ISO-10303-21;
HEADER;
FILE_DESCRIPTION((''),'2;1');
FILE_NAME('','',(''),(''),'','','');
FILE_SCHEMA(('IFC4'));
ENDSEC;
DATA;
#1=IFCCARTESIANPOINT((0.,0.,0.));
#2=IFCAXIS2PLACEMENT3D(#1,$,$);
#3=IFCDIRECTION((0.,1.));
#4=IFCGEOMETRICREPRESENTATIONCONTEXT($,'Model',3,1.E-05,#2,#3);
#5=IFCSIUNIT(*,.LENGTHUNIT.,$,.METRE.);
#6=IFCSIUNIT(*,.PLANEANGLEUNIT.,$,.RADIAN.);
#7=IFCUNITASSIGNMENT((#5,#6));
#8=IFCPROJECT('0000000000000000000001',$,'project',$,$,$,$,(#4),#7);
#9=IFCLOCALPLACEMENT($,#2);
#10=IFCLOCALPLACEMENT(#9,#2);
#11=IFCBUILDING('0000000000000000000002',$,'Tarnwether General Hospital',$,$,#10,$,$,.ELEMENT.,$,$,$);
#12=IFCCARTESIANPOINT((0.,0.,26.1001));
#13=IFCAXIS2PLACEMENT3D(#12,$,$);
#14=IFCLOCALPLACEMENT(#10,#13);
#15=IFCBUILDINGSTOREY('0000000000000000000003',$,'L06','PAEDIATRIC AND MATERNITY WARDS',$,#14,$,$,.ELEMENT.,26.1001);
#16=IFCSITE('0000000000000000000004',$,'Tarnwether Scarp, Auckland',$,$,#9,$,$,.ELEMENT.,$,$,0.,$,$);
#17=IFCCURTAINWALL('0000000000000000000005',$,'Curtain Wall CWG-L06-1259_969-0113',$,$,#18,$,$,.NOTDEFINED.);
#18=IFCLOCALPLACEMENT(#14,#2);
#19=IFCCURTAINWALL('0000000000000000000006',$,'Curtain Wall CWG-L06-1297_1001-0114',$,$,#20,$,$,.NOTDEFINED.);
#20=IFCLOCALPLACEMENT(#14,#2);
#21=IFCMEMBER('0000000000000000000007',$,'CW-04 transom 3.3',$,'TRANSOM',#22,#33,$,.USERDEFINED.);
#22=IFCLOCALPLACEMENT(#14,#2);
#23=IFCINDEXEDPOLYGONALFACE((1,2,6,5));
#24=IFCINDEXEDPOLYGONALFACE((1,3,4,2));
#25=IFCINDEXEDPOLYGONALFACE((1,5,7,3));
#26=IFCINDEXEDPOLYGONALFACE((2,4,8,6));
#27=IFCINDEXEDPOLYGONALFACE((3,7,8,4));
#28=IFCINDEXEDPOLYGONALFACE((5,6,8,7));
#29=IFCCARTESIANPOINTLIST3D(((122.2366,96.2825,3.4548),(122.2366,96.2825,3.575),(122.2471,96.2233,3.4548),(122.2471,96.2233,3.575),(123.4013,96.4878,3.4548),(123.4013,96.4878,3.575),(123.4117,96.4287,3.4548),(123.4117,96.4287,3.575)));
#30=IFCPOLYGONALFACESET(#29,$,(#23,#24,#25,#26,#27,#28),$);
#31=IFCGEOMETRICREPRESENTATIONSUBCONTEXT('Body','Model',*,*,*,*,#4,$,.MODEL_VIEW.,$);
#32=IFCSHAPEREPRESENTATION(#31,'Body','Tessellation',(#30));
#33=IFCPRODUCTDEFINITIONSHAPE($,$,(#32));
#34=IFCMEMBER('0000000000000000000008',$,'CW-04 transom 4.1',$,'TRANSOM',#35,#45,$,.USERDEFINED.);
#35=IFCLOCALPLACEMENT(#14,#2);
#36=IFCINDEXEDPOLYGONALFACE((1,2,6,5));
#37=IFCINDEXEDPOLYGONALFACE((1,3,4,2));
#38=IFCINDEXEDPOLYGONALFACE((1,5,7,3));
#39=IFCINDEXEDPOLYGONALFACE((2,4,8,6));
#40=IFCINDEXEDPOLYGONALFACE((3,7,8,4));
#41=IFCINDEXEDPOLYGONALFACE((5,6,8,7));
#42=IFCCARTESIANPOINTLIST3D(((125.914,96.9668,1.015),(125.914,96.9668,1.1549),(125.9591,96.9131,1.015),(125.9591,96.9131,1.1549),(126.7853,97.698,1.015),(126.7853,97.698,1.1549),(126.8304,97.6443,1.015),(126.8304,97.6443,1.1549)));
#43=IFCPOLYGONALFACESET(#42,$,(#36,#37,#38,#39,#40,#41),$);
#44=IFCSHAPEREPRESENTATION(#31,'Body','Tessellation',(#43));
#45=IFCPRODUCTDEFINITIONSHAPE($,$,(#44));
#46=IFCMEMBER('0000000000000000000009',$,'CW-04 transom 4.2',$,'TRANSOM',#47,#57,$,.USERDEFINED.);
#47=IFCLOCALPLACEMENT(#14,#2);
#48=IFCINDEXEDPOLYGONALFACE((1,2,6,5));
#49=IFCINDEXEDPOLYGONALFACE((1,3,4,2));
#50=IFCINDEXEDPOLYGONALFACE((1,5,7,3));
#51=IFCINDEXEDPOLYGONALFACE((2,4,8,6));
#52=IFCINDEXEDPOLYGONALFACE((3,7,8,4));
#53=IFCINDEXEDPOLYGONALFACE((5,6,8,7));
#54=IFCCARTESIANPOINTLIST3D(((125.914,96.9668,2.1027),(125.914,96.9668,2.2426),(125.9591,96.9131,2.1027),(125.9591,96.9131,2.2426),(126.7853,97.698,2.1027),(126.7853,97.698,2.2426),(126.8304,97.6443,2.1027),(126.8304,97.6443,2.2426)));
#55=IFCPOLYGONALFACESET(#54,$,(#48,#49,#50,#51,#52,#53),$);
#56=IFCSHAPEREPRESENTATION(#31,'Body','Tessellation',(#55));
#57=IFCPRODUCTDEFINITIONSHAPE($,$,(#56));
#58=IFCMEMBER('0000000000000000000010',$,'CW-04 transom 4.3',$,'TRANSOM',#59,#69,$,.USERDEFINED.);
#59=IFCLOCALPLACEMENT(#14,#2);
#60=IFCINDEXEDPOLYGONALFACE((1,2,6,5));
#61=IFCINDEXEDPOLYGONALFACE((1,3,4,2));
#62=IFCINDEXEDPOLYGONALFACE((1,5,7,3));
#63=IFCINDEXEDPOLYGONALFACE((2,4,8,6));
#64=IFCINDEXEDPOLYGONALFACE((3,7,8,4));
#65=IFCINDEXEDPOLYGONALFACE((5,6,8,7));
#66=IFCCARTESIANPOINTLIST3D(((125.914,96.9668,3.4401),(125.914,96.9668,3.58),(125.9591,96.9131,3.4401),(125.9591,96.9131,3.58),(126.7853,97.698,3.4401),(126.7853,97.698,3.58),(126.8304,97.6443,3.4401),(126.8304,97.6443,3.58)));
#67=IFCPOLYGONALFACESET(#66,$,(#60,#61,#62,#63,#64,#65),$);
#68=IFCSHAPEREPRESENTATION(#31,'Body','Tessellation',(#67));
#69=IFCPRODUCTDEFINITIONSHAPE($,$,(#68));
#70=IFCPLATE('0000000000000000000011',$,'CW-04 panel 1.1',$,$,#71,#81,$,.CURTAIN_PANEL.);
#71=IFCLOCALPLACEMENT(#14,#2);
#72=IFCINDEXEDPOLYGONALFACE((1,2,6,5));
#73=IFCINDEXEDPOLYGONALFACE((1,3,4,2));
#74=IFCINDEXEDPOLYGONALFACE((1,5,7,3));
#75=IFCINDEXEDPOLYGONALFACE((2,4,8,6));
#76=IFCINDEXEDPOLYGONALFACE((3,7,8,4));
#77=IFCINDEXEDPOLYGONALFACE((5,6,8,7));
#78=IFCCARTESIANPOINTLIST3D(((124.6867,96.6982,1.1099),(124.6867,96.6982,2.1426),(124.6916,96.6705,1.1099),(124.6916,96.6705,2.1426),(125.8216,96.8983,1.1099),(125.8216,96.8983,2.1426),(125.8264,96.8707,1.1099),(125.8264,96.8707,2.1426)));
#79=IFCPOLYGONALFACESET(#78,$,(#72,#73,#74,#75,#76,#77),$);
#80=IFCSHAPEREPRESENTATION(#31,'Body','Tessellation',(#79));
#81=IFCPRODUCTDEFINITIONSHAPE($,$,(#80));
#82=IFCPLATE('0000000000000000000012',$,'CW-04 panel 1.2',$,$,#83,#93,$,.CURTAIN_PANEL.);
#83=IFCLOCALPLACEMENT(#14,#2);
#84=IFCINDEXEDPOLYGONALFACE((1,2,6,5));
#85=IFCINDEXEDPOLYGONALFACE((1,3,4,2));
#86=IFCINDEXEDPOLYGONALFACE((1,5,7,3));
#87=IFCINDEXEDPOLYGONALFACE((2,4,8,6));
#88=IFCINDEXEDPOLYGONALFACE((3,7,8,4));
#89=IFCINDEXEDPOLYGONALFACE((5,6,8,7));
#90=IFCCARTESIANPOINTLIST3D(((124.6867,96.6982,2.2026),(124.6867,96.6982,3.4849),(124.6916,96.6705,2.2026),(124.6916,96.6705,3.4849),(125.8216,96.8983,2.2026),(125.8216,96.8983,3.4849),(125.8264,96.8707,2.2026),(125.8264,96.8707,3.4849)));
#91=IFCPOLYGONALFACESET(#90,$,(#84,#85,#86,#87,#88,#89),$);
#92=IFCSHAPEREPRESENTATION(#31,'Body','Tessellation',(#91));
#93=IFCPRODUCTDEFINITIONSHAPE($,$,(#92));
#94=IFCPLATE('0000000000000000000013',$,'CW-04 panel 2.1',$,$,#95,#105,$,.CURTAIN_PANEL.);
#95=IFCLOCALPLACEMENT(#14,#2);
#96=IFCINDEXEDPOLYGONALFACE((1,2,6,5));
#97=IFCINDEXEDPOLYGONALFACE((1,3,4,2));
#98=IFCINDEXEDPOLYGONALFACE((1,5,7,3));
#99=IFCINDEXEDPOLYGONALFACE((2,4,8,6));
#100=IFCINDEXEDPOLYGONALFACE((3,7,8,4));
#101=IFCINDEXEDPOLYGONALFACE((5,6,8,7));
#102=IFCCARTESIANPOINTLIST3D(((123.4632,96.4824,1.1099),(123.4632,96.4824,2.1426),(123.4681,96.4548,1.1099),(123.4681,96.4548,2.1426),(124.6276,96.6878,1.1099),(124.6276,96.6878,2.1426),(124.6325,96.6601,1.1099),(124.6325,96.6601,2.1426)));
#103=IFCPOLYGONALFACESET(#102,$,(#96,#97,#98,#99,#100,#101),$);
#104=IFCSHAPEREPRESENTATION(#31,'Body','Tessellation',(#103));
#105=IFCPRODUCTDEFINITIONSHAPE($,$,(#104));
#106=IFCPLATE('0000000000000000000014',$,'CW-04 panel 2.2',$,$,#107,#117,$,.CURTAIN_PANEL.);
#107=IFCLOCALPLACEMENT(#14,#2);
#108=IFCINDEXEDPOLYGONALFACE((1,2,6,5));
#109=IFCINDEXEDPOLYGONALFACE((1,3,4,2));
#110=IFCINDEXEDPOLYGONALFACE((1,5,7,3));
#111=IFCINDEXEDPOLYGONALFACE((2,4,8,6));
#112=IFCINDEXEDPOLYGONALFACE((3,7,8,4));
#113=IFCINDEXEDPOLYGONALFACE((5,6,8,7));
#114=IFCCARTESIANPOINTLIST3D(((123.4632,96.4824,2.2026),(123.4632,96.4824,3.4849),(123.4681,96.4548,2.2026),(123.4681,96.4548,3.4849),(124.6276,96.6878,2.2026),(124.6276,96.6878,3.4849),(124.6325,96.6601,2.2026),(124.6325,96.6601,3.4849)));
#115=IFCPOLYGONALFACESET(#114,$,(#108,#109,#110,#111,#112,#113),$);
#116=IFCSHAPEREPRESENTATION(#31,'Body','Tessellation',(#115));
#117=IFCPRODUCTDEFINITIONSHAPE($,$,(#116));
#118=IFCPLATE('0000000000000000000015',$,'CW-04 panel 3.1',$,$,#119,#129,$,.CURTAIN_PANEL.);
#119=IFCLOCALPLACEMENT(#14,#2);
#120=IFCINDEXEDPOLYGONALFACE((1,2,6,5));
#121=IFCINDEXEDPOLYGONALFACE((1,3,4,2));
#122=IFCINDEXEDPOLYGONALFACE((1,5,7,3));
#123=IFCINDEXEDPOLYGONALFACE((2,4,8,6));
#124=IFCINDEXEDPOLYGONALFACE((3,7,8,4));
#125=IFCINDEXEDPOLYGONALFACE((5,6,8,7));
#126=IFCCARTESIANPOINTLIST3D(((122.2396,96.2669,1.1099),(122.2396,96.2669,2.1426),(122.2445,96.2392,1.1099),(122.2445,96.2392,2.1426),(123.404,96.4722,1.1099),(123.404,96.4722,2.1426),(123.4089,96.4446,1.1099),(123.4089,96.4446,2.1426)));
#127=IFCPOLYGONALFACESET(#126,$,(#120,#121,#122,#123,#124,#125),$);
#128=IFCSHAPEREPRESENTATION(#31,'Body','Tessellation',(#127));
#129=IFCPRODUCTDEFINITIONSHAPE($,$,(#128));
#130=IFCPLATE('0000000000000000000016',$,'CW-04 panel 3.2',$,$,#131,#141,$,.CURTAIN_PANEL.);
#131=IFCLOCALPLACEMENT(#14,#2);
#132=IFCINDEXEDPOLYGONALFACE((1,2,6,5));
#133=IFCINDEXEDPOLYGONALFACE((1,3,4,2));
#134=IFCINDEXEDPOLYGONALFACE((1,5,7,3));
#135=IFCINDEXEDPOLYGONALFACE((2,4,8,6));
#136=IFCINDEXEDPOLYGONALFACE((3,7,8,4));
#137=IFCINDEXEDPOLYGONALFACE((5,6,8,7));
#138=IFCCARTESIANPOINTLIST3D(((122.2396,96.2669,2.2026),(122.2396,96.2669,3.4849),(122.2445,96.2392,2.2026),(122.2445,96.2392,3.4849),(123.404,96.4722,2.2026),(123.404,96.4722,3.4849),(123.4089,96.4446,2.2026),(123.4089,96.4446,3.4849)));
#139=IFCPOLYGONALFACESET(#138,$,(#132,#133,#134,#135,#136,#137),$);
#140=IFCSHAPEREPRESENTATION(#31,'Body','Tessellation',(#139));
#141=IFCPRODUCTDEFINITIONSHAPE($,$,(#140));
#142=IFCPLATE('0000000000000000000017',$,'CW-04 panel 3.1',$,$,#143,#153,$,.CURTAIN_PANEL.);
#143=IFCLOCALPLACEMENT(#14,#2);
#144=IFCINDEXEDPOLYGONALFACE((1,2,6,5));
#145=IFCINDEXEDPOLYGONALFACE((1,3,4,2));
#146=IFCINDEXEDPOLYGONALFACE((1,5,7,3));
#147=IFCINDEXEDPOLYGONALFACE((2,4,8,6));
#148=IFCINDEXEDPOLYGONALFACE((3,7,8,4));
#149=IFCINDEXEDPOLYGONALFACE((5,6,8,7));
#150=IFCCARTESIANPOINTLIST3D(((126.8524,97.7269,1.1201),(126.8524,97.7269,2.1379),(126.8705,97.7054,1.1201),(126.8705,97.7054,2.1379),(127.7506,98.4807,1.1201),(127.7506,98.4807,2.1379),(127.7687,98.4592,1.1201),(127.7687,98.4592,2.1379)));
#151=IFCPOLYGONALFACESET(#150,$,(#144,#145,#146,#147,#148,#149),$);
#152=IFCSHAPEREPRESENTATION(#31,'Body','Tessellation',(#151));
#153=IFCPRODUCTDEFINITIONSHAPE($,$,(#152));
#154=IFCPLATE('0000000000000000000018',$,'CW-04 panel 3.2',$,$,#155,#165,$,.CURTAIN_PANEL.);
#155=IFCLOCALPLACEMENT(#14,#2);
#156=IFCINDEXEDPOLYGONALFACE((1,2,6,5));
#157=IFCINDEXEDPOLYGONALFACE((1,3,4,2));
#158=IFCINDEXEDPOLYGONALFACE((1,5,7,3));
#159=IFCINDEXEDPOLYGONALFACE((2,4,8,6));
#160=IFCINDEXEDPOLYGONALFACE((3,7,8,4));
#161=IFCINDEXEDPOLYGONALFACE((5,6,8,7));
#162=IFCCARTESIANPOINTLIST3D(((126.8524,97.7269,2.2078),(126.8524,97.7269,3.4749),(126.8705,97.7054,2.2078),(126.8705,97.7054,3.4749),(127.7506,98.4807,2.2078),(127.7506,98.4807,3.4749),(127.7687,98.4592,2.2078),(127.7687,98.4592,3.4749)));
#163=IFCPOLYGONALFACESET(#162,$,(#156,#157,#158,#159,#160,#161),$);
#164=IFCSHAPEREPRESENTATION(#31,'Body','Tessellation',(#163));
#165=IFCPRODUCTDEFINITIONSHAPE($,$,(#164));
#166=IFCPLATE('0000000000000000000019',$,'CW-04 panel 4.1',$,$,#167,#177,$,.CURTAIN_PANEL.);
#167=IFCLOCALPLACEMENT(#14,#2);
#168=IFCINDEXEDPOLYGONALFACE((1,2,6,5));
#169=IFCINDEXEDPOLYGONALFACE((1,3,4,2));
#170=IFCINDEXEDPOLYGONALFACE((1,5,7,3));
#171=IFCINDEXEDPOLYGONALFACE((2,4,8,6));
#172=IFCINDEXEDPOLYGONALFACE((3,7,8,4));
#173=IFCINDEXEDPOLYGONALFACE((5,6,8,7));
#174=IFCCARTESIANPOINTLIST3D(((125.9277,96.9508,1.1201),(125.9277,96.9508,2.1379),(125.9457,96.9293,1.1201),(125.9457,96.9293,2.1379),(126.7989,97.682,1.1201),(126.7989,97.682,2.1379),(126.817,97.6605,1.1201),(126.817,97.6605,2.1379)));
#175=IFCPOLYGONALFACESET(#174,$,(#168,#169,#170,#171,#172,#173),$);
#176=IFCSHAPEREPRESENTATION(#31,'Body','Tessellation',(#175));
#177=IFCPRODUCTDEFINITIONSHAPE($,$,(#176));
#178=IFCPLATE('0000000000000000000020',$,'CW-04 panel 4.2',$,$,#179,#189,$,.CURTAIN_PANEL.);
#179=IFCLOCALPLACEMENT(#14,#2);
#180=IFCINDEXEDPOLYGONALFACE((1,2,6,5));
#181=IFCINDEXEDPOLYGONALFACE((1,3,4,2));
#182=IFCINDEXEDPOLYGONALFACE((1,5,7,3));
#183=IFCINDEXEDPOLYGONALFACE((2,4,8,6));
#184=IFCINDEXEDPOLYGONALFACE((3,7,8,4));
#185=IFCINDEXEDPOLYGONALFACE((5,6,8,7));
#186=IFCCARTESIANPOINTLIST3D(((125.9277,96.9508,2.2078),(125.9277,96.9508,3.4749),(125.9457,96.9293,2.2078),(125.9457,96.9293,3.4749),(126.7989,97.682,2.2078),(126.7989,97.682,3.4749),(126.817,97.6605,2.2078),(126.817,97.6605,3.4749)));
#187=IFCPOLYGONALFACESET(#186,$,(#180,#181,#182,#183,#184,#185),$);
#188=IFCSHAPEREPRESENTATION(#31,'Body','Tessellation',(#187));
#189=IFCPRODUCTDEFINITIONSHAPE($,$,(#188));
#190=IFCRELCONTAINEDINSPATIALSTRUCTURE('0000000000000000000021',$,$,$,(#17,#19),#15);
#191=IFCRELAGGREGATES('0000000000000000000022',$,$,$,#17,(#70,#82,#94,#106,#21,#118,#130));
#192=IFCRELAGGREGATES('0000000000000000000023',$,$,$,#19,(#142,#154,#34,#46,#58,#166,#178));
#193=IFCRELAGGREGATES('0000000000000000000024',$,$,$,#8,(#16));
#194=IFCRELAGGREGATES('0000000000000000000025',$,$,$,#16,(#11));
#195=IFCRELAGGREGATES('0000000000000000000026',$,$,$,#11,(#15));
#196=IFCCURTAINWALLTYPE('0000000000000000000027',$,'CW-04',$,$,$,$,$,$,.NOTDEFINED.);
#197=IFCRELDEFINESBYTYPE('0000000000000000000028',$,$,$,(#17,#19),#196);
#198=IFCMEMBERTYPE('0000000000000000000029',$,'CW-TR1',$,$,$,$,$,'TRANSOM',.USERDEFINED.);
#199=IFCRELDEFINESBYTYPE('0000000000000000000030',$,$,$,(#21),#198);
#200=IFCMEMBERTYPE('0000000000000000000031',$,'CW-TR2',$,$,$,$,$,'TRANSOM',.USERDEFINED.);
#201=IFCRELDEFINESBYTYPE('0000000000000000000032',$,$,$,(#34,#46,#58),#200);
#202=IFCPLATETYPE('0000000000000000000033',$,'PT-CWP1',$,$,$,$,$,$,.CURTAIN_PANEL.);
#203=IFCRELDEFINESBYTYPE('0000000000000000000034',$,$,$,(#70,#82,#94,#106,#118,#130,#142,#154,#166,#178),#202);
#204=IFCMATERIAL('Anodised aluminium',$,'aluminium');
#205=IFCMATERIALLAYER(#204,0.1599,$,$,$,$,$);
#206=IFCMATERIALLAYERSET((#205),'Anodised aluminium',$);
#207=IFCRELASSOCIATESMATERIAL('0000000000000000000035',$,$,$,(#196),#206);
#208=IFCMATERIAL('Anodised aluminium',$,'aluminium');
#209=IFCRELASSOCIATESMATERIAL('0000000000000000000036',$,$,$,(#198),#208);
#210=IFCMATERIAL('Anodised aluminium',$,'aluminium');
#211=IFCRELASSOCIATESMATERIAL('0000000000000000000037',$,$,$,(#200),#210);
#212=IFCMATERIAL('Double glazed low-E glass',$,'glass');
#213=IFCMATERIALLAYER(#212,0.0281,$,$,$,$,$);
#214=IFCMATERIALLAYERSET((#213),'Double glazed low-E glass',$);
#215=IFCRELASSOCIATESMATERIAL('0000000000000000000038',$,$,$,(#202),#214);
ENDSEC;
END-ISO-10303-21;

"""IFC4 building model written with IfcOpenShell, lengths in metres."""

from ifc_helpers import new_model, si_unit, direction, frame, origin, origin_2d, place, context, subcontext, project, spatial, rectangle, extrude, material, layer, layer_set, material_profile, profile_set, type_object, element, aggregate, save


model = new_model("IFC4")

# Units and contexts
model_context = context("Model", 3, precision=1e-05, world=origin(), true_north=direction((0.0, 1.0)))
body_context = subcontext(model_context, "Body", "Model", "MODEL_VIEW")
ifc_project = project(units=[si_unit("LENGTHUNIT", "METRE"), si_unit("PLANEANGLEUNIT", "RADIAN")], contexts=[model_context])

# Site, building, storey
site_placement = place(None, origin())
site = spatial("IfcSite", under=ifc_project, at=site_placement, Name="Tarnwether Scarp, Auckland", CompositionType="ELEMENT", RefElevation=0.0)
building_placement = place(site_placement, origin())
building = spatial("IfcBuilding", under=site, at=building_placement, Name="Tarnwether General Hospital", CompositionType="ELEMENT")
storey_placement = place(building_placement, frame((0.0, 0.0, 26.1001)))
storey = spatial("IfcBuildingStorey", under=building, at=storey_placement, Name="L06", Description="PAEDIATRIC AND MATERNITY WARDS", CompositionType="ELEMENT", Elevation=26.1001)

# Curtain walls
ifc_material_1 = material(Name="Anodised aluminium", Category="aluminium")
ifc_layer_1 = layer(ifc_material_1, 0.1599)
ifc_layer_set_1 = layer_set([ifc_layer_1], Name="Anodised aluminium")
curtain_wall_type = type_object("IfcCurtainWallType", Name="CW-04", PredefinedType="NOTDEFINED", material=ifc_layer_set_1)
curtain_wall_1_placement = place(storey_placement, origin())
curtain_wall_1 = element("IfcCurtainWall", 1, at=curtain_wall_1_placement, inside=storey, type_object=curtain_wall_type, Name="Curtain Wall CWG-L06-1259_969-0113", PredefinedType="NOTDEFINED")
curtain_wall_2_placement = place(storey_placement, origin())
curtain_wall_2 = element("IfcCurtainWall", 2, at=curtain_wall_2_placement, inside=storey, type_object=curtain_wall_type, Name="Curtain Wall CWG-L06-1297_1001-0114", PredefinedType="NOTDEFINED")

# Members
ifc_material_2 = material(Name="Anodised aluminium", Category="aluminium")
ifc_material_profile_1 = material_profile(ifc_material_2, rectangle(XDim=0.0601, YDim=0.1201, at=origin_2d()), Name="ALU-TRN-60x120")
ifc_profile_set_1 = profile_set([ifc_material_profile_1], Name="Anodised aluminium")
member_type_1 = type_object("IfcMemberType", Name="CW-TR1", ElementType="TRANSOM", PredefinedType="USERDEFINED", material=ifc_profile_set_1)
member_1_placement = place(storey_placement, frame((123.4065, 96.4583, 3.5149), z_axis=(-0.984811, -0.173632, 0.0), x_axis=(0.173632, -0.984811, 0.0)))
member_1 = element("IfcMember", 3, at=member_1_placement, type_object=member_type_1, Name="CW-04 transom 3.3", ObjectType="TRANSOM", PredefinedType="USERDEFINED", context=body_context, shape_type="SweptSolid", body=[
    extrude(rectangle(XDim=0.0601, YDim=0.1201, at=origin_2d()), origin(), (0.0, 0.0, 1.0), 1.1826),
])
ifc_material_3 = material(Name="Anodised aluminium", Category="aluminium")
ifc_material_profile_2 = material_profile(ifc_material_3, rectangle(XDim=0.0701, YDim=0.1399, at=origin_2d()), Name="ALU-TRN-70x140")
ifc_profile_set_2 = profile_set([ifc_material_profile_2], Name="Anodised aluminium")
member_type_2 = type_object("IfcMemberType", Name="CW-TR2", ElementType="TRANSOM", PredefinedType="USERDEFINED", material=ifc_profile_set_2)
member_2_placement = place(storey_placement, frame((126.8079, 97.6711, 1.085), z_axis=(-0.766018, -0.64282, 0.0), x_axis=(0.64282, -0.766018, 0.0)))
member_2 = element("IfcMember", 4, at=member_2_placement, type_object=member_type_2, Name="CW-04 transom 4.1", ObjectType="TRANSOM", PredefinedType="USERDEFINED", context=body_context, shape_type="SweptSolid", body=[
    extrude(rectangle(XDim=0.0701, YDim=0.1399, at=origin_2d()), origin(), (0.0, 0.0, 1.0), 1.1375),
])
member_3_placement = place(storey_placement, frame((126.8079, 97.6711, 2.1726), z_axis=(-0.766018, -0.64282, 0.0), x_axis=(0.64282, -0.766018, 0.0)))
member_3 = element("IfcMember", 5, at=member_3_placement, type_object=member_type_2, Name="CW-04 transom 4.2", ObjectType="TRANSOM", PredefinedType="USERDEFINED", context=body_context, shape_type="SweptSolid", body=[
    extrude(rectangle(XDim=0.0701, YDim=0.1399, at=origin_2d()), origin(), (0.0, 0.0, 1.0), 1.1375),
])
member_4_placement = place(storey_placement, frame((126.8079, 97.6711, 3.51), z_axis=(-0.766018, -0.64282, 0.0), x_axis=(0.64282, -0.766018, 0.0)))
member_4 = element("IfcMember", 6, at=member_4_placement, type_object=member_type_2, Name="CW-04 transom 4.3", ObjectType="TRANSOM", PredefinedType="USERDEFINED", context=body_context, shape_type="SweptSolid", body=[
    extrude(rectangle(XDim=0.0701, YDim=0.1399, at=origin_2d()), origin(), (0.0, 0.0, 1.0), 1.1375),
])

# Plates
ifc_material_4 = material(Name="Double glazed low-E glass", Category="glass")
ifc_layer_2 = layer(ifc_material_4, 0.0281)
ifc_layer_set_2 = layer_set([ifc_layer_2], Name="Double glazed low-E glass")
plate_type = type_object("IfcPlateType", Name="PT-CWP1", PredefinedType="CURTAIN_PANEL", material=ifc_layer_set_2)
plate_1_placement = place(storey_placement, frame((125.2566, 96.7844, 1.1099), z_axis=(0.0, 0.0, 1.0), x_axis=(-0.984806, -0.173659, 0.0)))
plate_1 = element("IfcPlate", 7, at=plate_1_placement, type_object=plate_type, Name="CW-04 panel 1.1", PredefinedType="CURTAIN_PANEL", context=body_context, shape_type="SweptSolid", body=[
    extrude(rectangle(XDim=1.1523, YDim=0.0281, at=origin_2d()), origin(), (0.0, 0.0, 1.0), 1.0327),
])
plate_2_placement = place(storey_placement, frame((125.2566, 96.7844, 2.2026), z_axis=(0.0, 0.0, 1.0), x_axis=(-0.984806, -0.173659, 0.0)))
plate_2 = element("IfcPlate", 8, at=plate_2_placement, type_object=plate_type, Name="CW-04 panel 1.2", PredefinedType="CURTAIN_PANEL", context=body_context, shape_type="SweptSolid", body=[
    extrude(rectangle(XDim=1.1523, YDim=0.0281, at=origin_2d()), origin(), (0.0, 0.0, 1.0), 1.2822),
])
plate_3_placement = place(storey_placement, frame((124.0479, 96.5713, 1.1099), z_axis=(0.0, 0.0, 1.0), x_axis=(-0.984806, -0.173659, 0.0)))
plate_3 = element("IfcPlate", 9, at=plate_3_placement, type_object=plate_type, Name="CW-04 panel 2.1", PredefinedType="CURTAIN_PANEL", context=body_context, shape_type="SweptSolid", body=[
    extrude(rectangle(XDim=1.1824, YDim=0.0281, at=origin_2d()), origin(), (0.0, 0.0, 1.0), 1.0327),
])
plate_4_placement = place(storey_placement, frame((124.0479, 96.5713, 2.2026), z_axis=(0.0, 0.0, 1.0), x_axis=(-0.984806, -0.173659, 0.0)))
plate_4 = element("IfcPlate", 10, at=plate_4_placement, type_object=plate_type, Name="CW-04 panel 2.2", PredefinedType="CURTAIN_PANEL", context=body_context, shape_type="SweptSolid", body=[
    extrude(rectangle(XDim=1.1824, YDim=0.0281, at=origin_2d()), origin(), (0.0, 0.0, 1.0), 1.2822),
])
plate_5_placement = place(storey_placement, frame((122.8242, 96.3557, 1.1099), z_axis=(0.0, 0.0, 1.0), x_axis=(-0.984806, -0.173659, 0.0)))
plate_5 = element("IfcPlate", 11, at=plate_5_placement, type_object=plate_type, Name="CW-04 panel 3.1", PredefinedType="CURTAIN_PANEL", context=body_context, shape_type="SweptSolid", body=[
    extrude(rectangle(XDim=1.1824, YDim=0.0281, at=origin_2d()), origin(), (0.0, 0.0, 1.0), 1.0327),
])
plate_6_placement = place(storey_placement, frame((122.8242, 96.3557, 2.2026), z_axis=(0.0, 0.0, 1.0), x_axis=(-0.984806, -0.173659, 0.0)))
plate_6 = element("IfcPlate", 12, at=plate_6_placement, type_object=plate_type, Name="CW-04 panel 3.2", PredefinedType="CURTAIN_PANEL", context=body_context, shape_type="SweptSolid", body=[
    extrude(rectangle(XDim=1.1824, YDim=0.0281, at=origin_2d()), origin(), (0.0, 0.0, 1.0), 1.2822),
])
aggregate(curtain_wall_1, [plate_1, plate_2, plate_3, plate_4, member_1, plate_5, plate_6])
plate_7_placement = place(storey_placement, frame((127.3105, 98.093, 1.1201), z_axis=(0.0, 0.0, 1.0), x_axis=(-0.76599, -0.642852, 0.0)))
plate_7 = element("IfcPlate", 13, at=plate_7_placement, type_object=plate_type, Name="CW-04 panel 3.1", PredefinedType="CURTAIN_PANEL", context=body_context, shape_type="SweptSolid", body=[
    extrude(rectangle(XDim=1.1726, YDim=0.0281, at=origin_2d()), origin(), (0.0, 0.0, 1.0), 1.0178),
])
plate_8_placement = place(storey_placement, frame((127.3105, 98.093, 2.2078), z_axis=(0.0, 0.0, 1.0), x_axis=(-0.76599, -0.642852, 0.0)))
plate_8 = element("IfcPlate", 14, at=plate_8_placement, type_object=plate_type, Name="CW-04 panel 3.2", PredefinedType="CURTAIN_PANEL", context=body_context, shape_type="SweptSolid", body=[
    extrude(rectangle(XDim=1.1726, YDim=0.0281, at=origin_2d()), origin(), (0.0, 0.0, 1.0), 1.2671),
])
plate_9_placement = place(storey_placement, frame((126.3723, 97.3057, 1.1201), z_axis=(0.0, 0.0, 1.0), x_axis=(-0.76599, -0.642852, 0.0)))
plate_9 = element("IfcPlate", 15, at=plate_9_placement, type_object=plate_type, Name="CW-04 panel 4.1", PredefinedType="CURTAIN_PANEL", context=body_context, shape_type="SweptSolid", body=[
    extrude(rectangle(XDim=1.1375, YDim=0.0281, at=origin_2d()), origin(), (0.0, 0.0, 1.0), 1.0178),
])
plate_10_placement = place(storey_placement, frame((126.3723, 97.3057, 2.2078), z_axis=(0.0, 0.0, 1.0), x_axis=(-0.76599, -0.642852, 0.0)))
plate_10 = element("IfcPlate", 16, at=plate_10_placement, type_object=plate_type, Name="CW-04 panel 4.2", PredefinedType="CURTAIN_PANEL", context=body_context, shape_type="SweptSolid", body=[
    extrude(rectangle(XDim=1.1375, YDim=0.0281, at=origin_2d()), origin(), (0.0, 0.0, 1.0), 1.2671),
])
aggregate(curtain_wall_2, [plate_7, plate_8, member_2, member_3, member_4, plate_9, plate_10])

save(model, "model.ifc")
